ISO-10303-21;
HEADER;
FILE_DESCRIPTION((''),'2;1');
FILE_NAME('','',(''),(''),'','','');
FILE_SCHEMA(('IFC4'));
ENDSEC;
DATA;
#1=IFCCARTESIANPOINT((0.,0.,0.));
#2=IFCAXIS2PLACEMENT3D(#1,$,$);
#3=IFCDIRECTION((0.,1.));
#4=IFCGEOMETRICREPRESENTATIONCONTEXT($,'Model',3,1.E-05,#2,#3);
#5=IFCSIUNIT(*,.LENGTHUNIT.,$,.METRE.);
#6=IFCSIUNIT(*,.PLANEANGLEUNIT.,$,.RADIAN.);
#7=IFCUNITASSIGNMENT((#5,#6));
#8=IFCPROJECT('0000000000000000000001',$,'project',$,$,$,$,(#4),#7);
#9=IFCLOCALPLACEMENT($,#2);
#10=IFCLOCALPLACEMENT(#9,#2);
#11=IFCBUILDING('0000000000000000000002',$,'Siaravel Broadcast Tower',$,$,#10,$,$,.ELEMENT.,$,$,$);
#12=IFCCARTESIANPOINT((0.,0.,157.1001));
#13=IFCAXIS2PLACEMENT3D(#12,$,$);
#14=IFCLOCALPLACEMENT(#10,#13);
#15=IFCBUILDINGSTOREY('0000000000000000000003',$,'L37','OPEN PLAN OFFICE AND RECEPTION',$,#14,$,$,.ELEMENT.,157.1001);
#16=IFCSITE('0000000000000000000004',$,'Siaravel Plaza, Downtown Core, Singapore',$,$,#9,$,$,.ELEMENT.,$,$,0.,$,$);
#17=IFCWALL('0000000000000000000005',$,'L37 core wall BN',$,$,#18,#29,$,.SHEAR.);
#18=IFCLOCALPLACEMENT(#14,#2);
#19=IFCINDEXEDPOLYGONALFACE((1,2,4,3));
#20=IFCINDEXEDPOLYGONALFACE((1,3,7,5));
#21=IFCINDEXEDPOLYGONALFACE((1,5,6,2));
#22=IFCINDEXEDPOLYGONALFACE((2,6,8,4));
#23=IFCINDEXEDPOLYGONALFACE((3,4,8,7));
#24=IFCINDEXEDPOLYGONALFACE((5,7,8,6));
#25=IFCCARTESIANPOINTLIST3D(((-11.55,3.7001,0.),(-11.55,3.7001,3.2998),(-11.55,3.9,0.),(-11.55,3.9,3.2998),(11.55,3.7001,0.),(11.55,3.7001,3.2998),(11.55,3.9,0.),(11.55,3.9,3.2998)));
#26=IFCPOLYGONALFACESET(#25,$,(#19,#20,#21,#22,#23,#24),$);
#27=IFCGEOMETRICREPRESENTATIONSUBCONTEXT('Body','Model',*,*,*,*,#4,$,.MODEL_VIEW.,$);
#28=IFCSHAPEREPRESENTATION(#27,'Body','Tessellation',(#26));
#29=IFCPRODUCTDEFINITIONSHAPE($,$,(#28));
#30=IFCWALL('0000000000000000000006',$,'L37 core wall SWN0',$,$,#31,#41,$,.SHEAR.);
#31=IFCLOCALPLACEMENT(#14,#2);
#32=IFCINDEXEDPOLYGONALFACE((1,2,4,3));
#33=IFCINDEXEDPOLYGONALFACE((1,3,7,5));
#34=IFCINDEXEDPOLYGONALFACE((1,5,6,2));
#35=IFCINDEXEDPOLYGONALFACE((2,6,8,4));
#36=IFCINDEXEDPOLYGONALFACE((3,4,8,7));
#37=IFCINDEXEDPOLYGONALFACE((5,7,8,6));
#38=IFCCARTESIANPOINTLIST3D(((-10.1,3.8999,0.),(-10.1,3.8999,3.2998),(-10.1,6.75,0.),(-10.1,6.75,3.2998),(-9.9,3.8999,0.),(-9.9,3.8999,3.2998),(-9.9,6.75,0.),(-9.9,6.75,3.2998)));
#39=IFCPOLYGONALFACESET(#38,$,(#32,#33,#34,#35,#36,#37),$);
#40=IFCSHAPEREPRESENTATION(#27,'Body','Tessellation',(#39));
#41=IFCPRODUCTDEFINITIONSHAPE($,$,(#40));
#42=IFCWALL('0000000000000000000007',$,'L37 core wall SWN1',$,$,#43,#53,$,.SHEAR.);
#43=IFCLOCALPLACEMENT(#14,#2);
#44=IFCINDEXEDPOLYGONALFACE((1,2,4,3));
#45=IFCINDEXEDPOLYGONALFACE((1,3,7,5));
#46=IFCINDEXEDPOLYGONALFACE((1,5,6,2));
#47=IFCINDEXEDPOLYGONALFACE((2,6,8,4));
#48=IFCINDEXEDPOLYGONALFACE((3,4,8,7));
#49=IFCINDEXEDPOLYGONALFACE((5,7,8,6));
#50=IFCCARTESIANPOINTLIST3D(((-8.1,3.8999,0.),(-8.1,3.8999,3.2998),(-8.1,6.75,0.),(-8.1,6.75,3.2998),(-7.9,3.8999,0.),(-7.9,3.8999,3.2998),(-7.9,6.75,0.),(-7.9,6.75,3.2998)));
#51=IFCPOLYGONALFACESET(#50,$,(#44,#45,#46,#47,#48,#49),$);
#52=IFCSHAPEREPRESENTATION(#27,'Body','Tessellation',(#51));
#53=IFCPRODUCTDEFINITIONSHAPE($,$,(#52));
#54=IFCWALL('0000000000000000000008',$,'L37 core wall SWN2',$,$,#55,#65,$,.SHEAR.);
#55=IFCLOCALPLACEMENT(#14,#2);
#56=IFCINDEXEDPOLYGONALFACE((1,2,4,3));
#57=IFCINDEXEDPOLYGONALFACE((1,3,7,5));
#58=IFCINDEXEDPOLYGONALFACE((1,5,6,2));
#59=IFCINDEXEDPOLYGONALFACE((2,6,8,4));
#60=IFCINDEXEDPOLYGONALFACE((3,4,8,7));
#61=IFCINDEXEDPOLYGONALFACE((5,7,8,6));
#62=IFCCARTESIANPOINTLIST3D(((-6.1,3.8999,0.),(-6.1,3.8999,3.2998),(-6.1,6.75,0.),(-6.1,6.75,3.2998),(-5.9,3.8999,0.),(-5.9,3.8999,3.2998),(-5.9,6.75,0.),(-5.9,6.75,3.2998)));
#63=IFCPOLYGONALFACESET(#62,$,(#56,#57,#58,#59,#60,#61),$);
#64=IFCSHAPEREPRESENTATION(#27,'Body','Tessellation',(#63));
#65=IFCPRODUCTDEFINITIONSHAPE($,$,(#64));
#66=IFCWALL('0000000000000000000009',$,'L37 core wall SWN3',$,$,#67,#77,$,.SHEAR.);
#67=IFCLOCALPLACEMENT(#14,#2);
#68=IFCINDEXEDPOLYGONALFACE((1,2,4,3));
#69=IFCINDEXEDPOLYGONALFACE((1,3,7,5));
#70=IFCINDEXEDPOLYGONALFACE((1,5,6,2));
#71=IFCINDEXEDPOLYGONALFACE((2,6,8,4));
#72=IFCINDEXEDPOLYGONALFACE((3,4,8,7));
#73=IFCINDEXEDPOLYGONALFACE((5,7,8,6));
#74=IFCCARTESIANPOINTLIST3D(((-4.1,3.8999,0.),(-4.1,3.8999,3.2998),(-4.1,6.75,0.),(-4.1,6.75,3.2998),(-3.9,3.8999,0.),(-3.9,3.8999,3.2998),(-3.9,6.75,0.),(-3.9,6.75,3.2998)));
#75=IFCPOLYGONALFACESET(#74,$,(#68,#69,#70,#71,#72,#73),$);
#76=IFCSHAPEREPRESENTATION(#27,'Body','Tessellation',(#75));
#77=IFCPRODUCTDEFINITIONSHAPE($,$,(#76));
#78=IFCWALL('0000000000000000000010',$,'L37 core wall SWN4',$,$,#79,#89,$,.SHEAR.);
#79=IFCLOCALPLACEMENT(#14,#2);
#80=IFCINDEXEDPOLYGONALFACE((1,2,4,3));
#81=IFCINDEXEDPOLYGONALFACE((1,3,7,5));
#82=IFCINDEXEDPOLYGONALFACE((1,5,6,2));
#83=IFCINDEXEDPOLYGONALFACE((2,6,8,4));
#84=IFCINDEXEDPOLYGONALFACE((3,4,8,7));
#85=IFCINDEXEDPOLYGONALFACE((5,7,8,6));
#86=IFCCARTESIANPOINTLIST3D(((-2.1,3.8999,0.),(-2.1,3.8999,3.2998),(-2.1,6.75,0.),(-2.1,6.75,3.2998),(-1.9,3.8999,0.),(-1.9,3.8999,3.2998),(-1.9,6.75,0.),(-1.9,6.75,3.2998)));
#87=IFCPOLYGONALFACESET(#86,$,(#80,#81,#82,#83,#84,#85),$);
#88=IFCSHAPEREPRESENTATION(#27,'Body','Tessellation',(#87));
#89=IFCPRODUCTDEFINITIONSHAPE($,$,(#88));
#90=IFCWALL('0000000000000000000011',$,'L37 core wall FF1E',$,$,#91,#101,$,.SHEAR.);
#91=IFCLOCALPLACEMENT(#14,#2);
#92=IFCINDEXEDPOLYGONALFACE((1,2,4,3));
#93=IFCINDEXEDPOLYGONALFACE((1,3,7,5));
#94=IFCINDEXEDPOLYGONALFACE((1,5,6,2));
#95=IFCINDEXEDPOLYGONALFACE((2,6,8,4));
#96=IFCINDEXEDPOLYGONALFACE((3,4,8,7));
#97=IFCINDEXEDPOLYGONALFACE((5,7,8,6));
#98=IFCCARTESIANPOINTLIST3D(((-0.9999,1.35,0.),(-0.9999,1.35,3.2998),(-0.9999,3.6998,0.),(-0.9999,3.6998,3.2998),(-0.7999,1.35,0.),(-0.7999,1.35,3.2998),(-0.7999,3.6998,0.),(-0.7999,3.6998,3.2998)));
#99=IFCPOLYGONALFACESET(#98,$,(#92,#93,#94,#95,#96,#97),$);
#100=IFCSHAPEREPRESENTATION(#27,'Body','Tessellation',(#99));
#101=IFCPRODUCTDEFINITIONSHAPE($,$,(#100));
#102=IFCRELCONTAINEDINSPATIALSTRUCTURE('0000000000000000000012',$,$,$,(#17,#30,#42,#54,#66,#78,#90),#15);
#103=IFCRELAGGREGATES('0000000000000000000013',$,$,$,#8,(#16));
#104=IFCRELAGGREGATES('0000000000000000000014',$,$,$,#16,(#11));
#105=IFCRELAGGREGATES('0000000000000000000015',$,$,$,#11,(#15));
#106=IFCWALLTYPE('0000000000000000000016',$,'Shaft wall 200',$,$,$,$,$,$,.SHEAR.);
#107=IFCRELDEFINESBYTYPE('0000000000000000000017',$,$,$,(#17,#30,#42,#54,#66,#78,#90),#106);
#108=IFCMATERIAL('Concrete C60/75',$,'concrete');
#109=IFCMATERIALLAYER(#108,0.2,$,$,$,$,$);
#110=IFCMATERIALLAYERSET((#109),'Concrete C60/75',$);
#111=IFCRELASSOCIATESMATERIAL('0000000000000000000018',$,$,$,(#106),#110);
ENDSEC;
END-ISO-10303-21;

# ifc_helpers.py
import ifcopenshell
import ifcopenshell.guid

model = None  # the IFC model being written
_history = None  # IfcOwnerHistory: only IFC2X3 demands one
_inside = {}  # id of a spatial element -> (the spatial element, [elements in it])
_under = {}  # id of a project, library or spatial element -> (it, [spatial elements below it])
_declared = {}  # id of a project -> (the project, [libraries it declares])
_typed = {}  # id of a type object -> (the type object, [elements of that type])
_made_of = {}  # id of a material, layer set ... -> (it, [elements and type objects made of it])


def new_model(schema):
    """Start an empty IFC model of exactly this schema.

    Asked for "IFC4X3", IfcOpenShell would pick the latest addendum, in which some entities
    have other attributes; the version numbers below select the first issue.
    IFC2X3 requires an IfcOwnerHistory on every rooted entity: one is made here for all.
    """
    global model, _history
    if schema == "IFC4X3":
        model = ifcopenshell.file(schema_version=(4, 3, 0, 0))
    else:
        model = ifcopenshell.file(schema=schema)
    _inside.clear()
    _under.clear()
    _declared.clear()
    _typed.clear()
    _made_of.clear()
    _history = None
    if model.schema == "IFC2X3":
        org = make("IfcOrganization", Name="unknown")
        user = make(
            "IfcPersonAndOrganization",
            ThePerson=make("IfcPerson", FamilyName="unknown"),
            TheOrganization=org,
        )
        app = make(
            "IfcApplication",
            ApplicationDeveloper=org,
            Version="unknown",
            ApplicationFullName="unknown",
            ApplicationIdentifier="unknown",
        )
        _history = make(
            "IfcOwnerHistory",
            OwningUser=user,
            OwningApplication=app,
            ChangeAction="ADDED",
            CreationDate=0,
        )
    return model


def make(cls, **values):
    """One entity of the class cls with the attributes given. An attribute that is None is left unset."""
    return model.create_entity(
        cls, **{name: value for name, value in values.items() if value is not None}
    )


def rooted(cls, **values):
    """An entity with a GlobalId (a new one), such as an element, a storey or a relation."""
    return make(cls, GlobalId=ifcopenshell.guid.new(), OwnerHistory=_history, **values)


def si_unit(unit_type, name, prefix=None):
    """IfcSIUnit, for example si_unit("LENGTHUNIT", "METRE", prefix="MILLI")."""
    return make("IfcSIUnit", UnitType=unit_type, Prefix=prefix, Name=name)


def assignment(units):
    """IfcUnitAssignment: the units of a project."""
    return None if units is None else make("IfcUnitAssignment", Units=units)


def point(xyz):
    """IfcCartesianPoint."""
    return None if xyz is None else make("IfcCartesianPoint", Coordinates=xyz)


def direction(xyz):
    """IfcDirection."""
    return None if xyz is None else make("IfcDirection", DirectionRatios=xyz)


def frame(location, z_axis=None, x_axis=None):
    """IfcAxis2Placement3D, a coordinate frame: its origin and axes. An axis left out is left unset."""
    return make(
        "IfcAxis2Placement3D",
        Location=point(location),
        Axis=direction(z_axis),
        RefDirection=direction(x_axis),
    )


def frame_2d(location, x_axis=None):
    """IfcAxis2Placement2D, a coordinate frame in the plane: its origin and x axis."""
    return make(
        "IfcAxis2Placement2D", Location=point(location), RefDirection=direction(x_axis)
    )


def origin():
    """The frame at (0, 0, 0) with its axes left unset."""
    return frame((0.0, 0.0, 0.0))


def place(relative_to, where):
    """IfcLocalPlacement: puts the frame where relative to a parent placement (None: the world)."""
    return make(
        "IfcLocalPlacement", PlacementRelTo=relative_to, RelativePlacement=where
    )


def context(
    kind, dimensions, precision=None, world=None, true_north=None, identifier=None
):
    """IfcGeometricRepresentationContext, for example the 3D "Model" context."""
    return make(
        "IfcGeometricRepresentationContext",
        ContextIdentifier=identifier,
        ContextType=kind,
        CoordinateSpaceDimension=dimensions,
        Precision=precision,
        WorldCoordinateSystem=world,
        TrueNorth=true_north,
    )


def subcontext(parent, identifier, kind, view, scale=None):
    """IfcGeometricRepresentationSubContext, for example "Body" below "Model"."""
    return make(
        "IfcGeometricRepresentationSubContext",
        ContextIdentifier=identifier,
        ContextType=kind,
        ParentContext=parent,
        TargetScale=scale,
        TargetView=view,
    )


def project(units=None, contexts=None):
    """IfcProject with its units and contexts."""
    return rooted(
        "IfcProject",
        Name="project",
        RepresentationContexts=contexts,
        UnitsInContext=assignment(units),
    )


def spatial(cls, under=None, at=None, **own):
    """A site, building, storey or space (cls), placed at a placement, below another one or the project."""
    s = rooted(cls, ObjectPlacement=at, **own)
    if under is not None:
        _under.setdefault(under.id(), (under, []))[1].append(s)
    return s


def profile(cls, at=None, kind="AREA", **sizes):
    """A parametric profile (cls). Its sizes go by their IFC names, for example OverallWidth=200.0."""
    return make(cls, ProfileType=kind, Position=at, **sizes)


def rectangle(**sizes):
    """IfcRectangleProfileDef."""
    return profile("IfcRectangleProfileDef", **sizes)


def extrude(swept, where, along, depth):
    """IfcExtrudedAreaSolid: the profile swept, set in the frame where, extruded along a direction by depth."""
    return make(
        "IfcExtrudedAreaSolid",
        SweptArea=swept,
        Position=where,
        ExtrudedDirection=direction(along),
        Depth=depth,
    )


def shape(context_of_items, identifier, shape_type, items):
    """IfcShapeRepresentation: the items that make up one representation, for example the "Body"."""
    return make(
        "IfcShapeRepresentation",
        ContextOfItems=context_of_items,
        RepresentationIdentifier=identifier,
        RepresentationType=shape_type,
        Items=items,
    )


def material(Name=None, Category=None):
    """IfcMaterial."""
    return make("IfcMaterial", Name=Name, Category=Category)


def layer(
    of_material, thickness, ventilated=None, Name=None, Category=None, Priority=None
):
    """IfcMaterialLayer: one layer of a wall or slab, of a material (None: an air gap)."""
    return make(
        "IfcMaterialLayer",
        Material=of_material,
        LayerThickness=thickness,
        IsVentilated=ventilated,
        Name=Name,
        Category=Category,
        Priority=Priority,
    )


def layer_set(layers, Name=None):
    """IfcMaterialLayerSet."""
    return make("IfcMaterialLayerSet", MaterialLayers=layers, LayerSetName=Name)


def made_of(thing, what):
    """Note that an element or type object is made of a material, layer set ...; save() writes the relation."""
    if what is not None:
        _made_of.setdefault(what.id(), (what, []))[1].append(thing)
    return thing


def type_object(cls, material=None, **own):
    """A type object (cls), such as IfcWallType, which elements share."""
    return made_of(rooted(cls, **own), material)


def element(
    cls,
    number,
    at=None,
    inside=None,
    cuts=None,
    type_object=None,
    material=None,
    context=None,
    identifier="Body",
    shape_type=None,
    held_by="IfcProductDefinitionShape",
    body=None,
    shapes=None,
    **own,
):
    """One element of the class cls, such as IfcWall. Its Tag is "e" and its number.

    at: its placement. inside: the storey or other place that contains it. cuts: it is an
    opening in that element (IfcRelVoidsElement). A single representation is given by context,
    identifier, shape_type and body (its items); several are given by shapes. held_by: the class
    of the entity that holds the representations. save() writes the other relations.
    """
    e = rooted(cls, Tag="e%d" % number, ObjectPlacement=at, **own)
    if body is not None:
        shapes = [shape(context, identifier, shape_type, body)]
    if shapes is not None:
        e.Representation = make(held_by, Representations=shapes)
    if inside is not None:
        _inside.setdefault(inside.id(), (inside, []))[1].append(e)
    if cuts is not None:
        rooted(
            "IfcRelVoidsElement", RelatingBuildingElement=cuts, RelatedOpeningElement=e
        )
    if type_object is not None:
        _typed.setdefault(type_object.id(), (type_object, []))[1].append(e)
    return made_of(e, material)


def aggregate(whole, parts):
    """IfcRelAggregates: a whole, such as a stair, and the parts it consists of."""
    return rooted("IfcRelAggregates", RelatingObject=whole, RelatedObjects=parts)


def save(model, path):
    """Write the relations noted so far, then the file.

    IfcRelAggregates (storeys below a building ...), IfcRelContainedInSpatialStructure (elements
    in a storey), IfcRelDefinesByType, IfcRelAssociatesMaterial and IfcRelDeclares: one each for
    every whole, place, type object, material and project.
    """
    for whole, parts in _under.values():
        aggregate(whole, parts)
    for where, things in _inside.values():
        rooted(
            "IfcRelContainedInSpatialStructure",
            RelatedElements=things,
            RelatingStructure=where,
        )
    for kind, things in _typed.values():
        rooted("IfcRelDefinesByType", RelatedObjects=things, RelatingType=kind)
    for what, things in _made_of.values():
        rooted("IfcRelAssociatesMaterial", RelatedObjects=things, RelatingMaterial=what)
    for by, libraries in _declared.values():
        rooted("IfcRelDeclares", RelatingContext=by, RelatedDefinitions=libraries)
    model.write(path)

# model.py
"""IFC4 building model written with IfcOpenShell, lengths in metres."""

from ifc_helpers import new_model, si_unit, direction, frame, frame_2d, origin, place, context, subcontext, project, spatial, rectangle, extrude, material, layer, layer_set, type_object, element, save


model = new_model("IFC4")

# Units and contexts
model_context = context("Model", 3, precision=1e-05, world=origin(), true_north=direction((0.0, 1.0)))
body_context = subcontext(model_context, "Body", "Model", "MODEL_VIEW")
ifc_project = project(units=[si_unit("LENGTHUNIT", "METRE"), si_unit("PLANEANGLEUNIT", "RADIAN")], contexts=[model_context])

# Site, building, storey
site_placement = place(None, origin())
site = spatial("IfcSite", under=ifc_project, at=site_placement, Name="Siaravel Plaza, Downtown Core, Singapore", CompositionType="ELEMENT", RefElevation=0.0)
building_placement = place(site_placement, origin())
building = spatial("IfcBuilding", under=site, at=building_placement, Name="Siaravel Broadcast Tower", CompositionType="ELEMENT")
storey_placement = place(building_placement, frame((0.0, 0.0, 157.1001)))
storey = spatial("IfcBuildingStorey", under=building, at=storey_placement, Name="L37", Description="OPEN PLAN OFFICE AND RECEPTION", CompositionType="ELEMENT", Elevation=157.1001)

# Shared definitions
ifc_material_1 = material(Name="Concrete C60/75", Category="concrete")

# Walls
ifc_layer_1 = layer(ifc_material_1, 0.2)
ifc_layer_set_1 = layer_set([ifc_layer_1], Name="Concrete C60/75")
wall_type_1 = type_object("IfcWallType", Name="Shaft wall 200", PredefinedType="SHEAR", material=ifc_layer_set_1)
wall_1_placement = place(storey_placement, frame((-11.55, 3.8, 0.0), z_axis=(0.0, 0.0, 1.0), x_axis=(1.0, 0.0, 0.0)))
element("IfcWall", 1, at=wall_1_placement, inside=storey, type_object=wall_type_1, Name="L37 core wall BN", PredefinedType="SHEAR", context=body_context, shape_type="SweptSolid", body=[
    extrude(rectangle(XDim=23.1001, YDim=0.2, at=frame_2d((11.55, 0.0))), origin(), (0.0, 0.0, 1.0), 3.2998),
])
for number, where, z_axis, x_axis, name in (
    (2, (-10.0, 3.8999, 0.0), (0.0, 0.0, 1.0), (0.0, 1.0, 0.0), "L37 core wall SWN0"),
    (3, (-8.0, 3.8999, 0.0), (0.0, 0.0, 1.0), (0.0, 1.0, 0.0), "L37 core wall SWN1"),
    (4, (-6.0, 3.8999, 0.0), (0.0, 0.0, 1.0), (0.0, 1.0, 0.0), "L37 core wall SWN2"),
    (5, (-4.0, 3.8999, 0.0), (0.0, 0.0, 1.0), (0.0, 1.0, 0.0), "L37 core wall SWN3"),
    (6, (-2.0, 3.8999, 0.0), (0.0, 0.0, 1.0), (0.0, 1.0, 0.0), "L37 core wall SWN4"),
):
    element("IfcWall", number, at=place(storey_placement, frame(where, z_axis=z_axis, x_axis=x_axis)), inside=storey, type_object=wall_type_1, Name=name, PredefinedType="SHEAR", context=body_context, shape_type="SweptSolid", body=[
        extrude(rectangle(XDim=2.8501, YDim=0.2, at=frame_2d((1.425, 0.0))), origin(), (0.0, 0.0, 1.0), 3.2998),
    ])
wall_2_placement = place(storey_placement, frame((-0.8999, 1.3501, 0.0), z_axis=(0.0, 0.0, 1.0), x_axis=(0.0, 1.0, 0.0)))
element("IfcWall", 7, at=wall_2_placement, inside=storey, type_object=wall_type_1, Name="L37 core wall FF1E", PredefinedType="SHEAR", context=body_context, shape_type="SweptSolid", body=[
    extrude(rectangle(XDim=2.3499, YDim=0.2, at=frame_2d((1.1748, 0.0))), origin(), (0.0, 0.0, 1.0), 3.2998),
])

save(model, "model.ifc")
